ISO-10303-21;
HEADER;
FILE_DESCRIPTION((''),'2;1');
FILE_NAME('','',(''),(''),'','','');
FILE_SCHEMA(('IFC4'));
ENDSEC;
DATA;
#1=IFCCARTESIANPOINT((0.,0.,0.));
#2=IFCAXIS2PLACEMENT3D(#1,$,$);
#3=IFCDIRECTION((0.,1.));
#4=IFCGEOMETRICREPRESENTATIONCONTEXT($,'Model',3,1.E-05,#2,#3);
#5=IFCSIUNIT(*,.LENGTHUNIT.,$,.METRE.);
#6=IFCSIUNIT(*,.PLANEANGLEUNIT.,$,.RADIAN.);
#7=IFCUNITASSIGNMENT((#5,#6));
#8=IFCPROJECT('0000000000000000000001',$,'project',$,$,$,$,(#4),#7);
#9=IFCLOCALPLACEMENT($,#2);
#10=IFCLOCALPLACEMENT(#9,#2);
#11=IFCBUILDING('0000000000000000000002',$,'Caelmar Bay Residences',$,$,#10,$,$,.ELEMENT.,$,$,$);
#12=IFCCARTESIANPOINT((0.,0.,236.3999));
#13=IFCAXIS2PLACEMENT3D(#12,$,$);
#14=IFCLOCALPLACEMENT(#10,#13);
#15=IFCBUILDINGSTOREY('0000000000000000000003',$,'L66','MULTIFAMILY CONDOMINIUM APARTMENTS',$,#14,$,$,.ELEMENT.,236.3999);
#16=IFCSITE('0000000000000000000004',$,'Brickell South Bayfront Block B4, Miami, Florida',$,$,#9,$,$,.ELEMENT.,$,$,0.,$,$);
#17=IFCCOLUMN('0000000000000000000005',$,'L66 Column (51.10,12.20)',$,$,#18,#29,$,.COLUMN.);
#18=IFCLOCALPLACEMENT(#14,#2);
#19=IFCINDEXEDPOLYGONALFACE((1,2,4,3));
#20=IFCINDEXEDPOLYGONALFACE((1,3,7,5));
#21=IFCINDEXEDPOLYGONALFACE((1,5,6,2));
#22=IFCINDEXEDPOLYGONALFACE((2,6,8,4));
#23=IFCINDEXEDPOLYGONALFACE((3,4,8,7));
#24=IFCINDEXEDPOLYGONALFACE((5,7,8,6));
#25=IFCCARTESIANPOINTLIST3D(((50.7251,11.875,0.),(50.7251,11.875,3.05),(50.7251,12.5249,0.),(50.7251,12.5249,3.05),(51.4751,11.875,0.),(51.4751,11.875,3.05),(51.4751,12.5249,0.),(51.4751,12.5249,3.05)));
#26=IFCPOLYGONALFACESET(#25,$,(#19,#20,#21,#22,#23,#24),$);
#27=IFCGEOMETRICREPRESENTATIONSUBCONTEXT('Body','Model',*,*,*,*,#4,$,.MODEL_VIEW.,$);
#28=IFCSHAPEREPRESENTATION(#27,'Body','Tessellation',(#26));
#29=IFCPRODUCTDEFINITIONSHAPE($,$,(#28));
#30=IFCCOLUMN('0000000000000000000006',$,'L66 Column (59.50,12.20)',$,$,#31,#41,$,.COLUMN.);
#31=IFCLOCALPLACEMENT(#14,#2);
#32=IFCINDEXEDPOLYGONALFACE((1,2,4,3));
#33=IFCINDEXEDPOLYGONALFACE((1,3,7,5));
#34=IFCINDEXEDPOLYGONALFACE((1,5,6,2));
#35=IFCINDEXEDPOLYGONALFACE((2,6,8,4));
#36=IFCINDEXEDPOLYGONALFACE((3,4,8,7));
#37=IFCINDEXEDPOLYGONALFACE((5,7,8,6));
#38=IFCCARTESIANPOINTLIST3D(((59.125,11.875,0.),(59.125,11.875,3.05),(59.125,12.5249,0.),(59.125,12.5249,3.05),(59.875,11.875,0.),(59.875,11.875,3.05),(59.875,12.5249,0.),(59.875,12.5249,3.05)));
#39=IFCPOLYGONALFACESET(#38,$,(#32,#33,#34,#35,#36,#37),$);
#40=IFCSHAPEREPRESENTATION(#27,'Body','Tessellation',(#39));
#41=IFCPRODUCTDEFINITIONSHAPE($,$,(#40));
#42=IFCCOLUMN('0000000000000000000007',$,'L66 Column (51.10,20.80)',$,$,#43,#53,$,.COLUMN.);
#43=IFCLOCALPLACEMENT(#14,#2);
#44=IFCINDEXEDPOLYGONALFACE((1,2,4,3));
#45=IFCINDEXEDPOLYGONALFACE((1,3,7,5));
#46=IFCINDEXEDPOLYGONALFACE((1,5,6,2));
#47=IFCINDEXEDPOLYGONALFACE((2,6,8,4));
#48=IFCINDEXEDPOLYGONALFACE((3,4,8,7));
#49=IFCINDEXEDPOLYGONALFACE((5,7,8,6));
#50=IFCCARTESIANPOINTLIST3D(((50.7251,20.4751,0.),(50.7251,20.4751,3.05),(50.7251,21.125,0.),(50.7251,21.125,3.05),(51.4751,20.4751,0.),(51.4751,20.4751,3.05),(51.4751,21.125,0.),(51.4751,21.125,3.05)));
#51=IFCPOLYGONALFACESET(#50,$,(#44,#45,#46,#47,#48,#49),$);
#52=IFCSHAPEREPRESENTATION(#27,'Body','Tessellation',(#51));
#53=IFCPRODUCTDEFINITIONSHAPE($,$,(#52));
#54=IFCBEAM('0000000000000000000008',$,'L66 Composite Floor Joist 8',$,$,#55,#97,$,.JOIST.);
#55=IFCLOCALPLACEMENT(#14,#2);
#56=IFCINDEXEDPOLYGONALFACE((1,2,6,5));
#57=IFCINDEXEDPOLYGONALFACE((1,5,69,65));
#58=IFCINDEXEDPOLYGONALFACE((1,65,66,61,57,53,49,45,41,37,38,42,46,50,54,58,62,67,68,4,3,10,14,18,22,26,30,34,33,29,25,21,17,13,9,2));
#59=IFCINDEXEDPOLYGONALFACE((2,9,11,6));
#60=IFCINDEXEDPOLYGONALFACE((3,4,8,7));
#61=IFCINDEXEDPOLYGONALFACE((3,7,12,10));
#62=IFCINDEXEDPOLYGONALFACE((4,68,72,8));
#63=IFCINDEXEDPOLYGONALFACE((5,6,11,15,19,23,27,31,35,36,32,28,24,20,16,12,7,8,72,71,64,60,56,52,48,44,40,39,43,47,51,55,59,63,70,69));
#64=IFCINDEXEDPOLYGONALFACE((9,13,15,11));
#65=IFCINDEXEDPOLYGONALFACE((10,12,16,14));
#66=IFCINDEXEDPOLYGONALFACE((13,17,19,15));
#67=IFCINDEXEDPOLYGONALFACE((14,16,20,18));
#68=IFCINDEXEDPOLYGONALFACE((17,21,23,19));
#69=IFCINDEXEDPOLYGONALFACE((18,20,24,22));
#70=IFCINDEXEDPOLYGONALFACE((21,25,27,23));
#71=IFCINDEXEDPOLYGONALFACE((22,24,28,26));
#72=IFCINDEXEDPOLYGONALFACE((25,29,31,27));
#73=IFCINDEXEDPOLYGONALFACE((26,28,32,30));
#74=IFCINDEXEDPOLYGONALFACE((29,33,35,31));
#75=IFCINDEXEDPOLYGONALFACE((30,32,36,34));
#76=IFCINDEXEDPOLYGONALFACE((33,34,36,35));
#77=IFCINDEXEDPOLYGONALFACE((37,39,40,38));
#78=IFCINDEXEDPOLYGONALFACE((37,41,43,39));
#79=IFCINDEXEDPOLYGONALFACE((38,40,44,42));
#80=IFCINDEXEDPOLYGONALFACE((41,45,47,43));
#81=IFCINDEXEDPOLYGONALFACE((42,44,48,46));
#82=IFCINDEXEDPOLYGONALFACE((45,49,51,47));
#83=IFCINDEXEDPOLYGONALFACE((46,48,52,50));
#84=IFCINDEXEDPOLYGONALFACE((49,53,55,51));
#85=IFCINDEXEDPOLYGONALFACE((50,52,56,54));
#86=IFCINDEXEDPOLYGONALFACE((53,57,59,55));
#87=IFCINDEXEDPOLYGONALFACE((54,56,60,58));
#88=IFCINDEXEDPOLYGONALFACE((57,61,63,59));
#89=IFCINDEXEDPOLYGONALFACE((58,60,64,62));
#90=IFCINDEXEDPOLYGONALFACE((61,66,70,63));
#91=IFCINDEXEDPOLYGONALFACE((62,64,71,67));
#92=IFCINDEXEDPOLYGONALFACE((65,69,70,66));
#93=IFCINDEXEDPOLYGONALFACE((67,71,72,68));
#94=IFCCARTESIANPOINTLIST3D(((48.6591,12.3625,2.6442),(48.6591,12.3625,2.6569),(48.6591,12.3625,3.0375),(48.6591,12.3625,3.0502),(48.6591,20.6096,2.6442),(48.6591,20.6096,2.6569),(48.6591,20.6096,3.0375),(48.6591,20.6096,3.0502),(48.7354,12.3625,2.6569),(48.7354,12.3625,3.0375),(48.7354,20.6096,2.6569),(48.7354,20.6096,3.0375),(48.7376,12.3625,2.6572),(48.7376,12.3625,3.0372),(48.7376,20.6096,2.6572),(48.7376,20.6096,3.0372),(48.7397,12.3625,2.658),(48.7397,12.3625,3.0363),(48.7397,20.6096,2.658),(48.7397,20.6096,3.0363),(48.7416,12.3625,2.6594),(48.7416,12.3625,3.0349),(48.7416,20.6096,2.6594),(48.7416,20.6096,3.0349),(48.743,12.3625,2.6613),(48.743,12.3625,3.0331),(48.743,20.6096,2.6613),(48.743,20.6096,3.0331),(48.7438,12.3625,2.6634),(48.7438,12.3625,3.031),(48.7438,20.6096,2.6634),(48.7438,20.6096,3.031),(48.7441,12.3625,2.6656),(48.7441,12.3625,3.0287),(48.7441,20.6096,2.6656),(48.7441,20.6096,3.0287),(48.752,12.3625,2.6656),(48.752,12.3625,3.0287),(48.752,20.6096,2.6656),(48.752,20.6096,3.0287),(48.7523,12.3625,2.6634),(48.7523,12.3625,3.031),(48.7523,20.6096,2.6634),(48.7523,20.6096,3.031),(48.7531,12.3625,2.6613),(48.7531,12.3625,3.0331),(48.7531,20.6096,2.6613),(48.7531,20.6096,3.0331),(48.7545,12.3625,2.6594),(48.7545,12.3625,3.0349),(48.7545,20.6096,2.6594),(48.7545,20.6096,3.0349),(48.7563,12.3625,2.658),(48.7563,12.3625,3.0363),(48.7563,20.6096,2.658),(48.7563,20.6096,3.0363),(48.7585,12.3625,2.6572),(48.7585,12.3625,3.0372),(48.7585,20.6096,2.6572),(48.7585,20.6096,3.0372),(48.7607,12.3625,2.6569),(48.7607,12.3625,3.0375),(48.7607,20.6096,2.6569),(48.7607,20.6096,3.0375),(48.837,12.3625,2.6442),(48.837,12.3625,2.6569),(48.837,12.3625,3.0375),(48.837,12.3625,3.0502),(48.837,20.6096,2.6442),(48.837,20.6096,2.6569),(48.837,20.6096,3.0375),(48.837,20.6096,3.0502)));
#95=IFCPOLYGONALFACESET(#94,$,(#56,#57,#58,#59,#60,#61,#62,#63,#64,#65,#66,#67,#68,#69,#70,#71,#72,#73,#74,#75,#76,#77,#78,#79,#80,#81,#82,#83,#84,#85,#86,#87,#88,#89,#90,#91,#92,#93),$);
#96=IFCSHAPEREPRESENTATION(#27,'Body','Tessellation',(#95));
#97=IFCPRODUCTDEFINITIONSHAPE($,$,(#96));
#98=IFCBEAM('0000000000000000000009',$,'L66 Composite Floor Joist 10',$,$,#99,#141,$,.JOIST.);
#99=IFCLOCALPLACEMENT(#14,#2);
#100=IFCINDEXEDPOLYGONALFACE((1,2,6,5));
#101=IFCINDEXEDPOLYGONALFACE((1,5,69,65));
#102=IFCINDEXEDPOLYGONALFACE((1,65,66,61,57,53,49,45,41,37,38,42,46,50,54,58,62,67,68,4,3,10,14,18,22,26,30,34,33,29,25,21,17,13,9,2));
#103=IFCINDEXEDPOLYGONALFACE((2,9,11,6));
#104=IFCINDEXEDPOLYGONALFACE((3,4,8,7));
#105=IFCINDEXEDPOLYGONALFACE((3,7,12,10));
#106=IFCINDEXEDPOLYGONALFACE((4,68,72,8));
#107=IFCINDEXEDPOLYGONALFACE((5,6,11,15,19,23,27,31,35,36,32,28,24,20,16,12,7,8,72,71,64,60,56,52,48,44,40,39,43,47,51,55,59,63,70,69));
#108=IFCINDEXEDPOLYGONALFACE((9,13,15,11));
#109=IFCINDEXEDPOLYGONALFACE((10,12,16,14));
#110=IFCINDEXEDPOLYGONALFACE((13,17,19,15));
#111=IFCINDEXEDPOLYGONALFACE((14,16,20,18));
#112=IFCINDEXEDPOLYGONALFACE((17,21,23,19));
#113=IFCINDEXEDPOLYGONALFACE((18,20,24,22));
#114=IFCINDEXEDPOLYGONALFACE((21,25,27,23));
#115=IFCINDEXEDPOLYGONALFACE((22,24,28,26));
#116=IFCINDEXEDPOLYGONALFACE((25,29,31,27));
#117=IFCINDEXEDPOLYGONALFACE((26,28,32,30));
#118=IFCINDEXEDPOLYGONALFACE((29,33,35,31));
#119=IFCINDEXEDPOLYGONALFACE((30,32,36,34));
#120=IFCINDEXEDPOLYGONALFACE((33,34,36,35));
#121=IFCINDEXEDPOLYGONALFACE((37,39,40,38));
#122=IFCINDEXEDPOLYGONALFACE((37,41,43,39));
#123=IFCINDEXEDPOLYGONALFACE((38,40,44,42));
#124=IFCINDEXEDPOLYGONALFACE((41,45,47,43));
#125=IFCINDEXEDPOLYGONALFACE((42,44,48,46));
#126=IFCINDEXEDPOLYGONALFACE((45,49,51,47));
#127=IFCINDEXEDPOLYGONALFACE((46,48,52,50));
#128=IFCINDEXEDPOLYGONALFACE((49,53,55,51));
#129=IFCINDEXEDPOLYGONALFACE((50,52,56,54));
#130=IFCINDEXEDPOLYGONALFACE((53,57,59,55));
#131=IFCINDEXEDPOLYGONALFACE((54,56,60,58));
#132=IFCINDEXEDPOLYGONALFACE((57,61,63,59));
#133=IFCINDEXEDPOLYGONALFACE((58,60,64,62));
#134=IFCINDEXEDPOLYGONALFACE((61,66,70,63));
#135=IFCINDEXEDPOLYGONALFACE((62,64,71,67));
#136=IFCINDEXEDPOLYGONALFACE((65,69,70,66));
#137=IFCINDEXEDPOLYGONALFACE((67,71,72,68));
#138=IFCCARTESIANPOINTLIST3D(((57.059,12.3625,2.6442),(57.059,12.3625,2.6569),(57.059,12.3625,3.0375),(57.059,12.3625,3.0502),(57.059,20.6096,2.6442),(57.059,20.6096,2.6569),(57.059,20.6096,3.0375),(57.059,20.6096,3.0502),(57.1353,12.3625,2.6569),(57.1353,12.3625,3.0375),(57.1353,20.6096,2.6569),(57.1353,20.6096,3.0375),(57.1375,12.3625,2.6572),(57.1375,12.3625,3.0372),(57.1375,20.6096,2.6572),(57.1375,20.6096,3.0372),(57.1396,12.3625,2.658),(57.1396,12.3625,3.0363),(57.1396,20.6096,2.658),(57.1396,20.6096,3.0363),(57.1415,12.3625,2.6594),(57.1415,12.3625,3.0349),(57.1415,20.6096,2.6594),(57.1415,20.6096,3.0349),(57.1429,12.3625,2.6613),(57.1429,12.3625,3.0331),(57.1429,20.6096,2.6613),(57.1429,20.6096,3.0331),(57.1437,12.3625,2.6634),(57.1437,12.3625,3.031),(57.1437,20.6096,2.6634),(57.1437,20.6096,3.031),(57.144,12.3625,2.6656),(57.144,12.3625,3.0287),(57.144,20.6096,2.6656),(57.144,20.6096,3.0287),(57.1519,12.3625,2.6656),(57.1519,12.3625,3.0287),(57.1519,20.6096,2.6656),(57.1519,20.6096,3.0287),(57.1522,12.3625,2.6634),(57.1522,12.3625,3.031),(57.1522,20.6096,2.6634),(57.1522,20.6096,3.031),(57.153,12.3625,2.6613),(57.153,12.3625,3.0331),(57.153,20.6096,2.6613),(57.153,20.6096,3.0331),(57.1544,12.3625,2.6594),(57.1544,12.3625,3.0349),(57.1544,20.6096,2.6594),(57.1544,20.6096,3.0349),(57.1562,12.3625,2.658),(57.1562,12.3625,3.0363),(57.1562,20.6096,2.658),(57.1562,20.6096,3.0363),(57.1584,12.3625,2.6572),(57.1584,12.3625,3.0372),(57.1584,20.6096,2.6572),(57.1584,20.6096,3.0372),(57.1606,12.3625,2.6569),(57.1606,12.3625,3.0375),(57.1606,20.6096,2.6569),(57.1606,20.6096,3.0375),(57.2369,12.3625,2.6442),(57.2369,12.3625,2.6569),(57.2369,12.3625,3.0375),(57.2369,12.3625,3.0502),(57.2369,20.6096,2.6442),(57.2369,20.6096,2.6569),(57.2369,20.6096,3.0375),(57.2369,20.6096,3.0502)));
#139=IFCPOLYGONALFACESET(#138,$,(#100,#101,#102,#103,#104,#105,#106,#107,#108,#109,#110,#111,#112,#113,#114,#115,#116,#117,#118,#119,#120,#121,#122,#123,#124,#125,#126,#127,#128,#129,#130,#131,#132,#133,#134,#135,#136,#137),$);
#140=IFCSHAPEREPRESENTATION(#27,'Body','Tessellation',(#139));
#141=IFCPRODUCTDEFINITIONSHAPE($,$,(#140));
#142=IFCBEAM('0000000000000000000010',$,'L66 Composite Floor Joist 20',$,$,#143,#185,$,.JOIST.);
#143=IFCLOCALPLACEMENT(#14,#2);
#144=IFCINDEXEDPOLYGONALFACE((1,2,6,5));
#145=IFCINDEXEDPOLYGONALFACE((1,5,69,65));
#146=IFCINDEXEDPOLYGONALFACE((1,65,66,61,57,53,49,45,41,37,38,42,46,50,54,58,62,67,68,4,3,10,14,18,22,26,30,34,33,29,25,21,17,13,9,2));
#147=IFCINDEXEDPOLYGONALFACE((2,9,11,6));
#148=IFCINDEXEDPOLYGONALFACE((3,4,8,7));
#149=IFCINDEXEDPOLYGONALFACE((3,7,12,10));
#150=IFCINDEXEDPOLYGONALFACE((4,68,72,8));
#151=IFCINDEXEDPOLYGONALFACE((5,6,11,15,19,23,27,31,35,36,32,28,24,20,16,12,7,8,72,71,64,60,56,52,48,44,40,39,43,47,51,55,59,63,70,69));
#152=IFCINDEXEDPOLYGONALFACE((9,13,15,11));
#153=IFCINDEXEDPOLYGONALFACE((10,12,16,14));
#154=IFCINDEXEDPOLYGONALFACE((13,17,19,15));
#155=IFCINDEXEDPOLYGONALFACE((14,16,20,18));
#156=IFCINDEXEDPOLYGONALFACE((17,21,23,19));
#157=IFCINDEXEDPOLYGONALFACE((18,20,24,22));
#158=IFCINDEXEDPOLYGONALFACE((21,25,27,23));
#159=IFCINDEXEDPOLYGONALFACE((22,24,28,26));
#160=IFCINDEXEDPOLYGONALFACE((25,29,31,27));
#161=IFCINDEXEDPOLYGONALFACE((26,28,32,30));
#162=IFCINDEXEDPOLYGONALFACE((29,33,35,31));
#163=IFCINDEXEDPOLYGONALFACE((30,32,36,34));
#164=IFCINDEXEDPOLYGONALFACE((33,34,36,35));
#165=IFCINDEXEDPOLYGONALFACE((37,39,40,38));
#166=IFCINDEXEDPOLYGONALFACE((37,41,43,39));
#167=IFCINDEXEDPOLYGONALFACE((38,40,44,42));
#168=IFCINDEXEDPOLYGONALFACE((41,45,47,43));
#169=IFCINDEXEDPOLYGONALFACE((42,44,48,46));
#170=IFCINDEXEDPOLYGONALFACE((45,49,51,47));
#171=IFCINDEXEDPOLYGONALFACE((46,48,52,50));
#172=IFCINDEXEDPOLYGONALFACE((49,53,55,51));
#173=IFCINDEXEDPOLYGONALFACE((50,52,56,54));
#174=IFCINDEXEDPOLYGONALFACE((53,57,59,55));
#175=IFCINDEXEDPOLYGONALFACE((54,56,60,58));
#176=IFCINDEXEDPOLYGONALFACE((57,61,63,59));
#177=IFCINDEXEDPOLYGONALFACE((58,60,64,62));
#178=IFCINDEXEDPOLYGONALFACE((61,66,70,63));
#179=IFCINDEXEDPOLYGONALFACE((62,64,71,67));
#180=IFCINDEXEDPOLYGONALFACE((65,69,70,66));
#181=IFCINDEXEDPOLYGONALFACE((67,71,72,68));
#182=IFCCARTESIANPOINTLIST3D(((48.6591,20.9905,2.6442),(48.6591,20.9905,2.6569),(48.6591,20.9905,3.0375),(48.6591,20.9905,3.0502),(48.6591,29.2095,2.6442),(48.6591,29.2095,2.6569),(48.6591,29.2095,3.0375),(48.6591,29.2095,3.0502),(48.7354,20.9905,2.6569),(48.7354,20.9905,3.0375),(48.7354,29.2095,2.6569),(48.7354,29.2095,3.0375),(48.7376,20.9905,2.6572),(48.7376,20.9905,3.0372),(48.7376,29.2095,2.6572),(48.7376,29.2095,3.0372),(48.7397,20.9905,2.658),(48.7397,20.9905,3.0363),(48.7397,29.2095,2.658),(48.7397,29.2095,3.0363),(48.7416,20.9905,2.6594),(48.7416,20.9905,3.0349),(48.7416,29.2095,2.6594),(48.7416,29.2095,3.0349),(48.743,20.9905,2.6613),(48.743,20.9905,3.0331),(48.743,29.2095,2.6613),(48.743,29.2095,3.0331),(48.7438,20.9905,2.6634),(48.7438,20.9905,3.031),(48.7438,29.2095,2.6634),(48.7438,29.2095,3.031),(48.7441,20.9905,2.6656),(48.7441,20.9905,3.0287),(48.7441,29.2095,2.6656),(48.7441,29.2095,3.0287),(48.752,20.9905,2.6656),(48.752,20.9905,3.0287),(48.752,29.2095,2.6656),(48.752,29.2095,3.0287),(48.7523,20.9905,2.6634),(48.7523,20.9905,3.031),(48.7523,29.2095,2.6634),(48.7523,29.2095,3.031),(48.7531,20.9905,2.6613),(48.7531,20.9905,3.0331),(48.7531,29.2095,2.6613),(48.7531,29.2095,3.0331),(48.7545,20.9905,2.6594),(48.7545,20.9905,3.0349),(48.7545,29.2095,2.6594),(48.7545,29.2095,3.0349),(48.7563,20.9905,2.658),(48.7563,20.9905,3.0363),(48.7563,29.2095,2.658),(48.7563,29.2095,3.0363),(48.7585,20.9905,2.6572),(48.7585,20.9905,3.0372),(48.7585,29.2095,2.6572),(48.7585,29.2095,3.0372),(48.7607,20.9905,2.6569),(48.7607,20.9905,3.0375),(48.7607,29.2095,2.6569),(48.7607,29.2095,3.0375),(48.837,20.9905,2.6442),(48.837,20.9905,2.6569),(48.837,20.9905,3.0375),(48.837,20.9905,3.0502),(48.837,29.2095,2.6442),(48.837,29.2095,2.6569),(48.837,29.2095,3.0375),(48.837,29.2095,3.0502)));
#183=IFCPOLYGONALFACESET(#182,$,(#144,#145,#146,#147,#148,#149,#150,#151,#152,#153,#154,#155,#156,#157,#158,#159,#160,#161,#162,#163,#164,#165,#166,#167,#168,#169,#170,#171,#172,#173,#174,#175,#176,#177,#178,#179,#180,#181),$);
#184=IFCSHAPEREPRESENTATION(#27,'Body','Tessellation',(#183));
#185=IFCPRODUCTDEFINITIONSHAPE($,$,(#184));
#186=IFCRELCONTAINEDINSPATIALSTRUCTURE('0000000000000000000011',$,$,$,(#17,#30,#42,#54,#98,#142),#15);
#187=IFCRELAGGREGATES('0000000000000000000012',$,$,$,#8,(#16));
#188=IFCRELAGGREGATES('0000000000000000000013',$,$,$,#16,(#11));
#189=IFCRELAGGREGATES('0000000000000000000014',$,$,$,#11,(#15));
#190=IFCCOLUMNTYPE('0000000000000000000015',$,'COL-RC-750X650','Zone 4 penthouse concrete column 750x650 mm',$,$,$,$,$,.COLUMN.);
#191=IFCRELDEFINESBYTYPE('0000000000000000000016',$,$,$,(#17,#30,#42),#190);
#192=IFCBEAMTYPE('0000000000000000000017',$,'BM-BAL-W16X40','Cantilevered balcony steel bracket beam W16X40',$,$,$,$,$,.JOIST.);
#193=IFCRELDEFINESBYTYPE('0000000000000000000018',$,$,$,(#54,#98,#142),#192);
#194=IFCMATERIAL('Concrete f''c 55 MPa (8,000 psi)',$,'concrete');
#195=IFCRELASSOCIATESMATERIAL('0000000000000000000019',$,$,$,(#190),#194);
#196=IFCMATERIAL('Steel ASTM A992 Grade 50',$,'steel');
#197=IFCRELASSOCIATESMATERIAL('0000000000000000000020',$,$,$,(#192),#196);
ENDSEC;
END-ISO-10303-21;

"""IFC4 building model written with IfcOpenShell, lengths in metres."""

from ifc_helpers import new_model, si_unit, direction, frame, origin, origin_2d, place, context, subcontext, project, spatial, rectangle, i_section, extrude, material, material_profile, profile_set, type_object, element, save


model = new_model("IFC4")

# Units and contexts
model_context = context("Model", 3, precision=1e-05, world=origin(), true_north=direction((0.0, 1.0)))
body_context = subcontext(model_context, "Body", "Model", "MODEL_VIEW")
ifc_project = project(units=[si_unit("LENGTHUNIT", "METRE"), si_unit("PLANEANGLEUNIT", "RADIAN")], contexts=[model_context])

# Site, building, storey
site_placement = place(None, origin())
site = spatial("IfcSite", under=ifc_project, at=site_placement, Name="Brickell South Bayfront Block B4, Miami, Florida", CompositionType="ELEMENT", RefElevation=0.0)
building_placement = place(site_placement, origin())
building = spatial("IfcBuilding", under=site, at=building_placement, Name="Caelmar Bay Residences", CompositionType="ELEMENT")
storey_placement = place(building_placement, frame((0.0, 0.0, 236.3999)))
storey = spatial("IfcBuildingStorey", under=building, at=storey_placement, Name="L66", Description="MULTIFAMILY CONDOMINIUM APARTMENTS", CompositionType="ELEMENT", Elevation=236.3999)

# Columns
ifc_material_1 = material(Name="Concrete f'c 55 MPa (8,000 psi)", Category="concrete")
ifc_material_profile_1 = material_profile(ifc_material_1, rectangle(XDim=0.75, YDim=0.6499, at=origin_2d()), Name="RC-COL-750X650")
ifc_profile_set_1 = profile_set([ifc_material_profile_1], Name="Concrete f'c 55 MPa (8,000 psi)")
column_type = type_object("IfcColumnType", Name="COL-RC-750X650", Description="Zone 4 penthouse concrete column 750x650 mm", PredefinedType="COLUMN", material=ifc_profile_set_1)
for number, where, z_axis, x_axis, name in (
    (1, (51.1001, 12.2, 0.0), (0.0, 0.0, 1.0), (1.0, 0.0, 0.0), "L66 Column (51.10,12.20)"),
    (2, (59.5, 12.2, 0.0), (0.0, 0.0, 1.0), (1.0, 0.0, 0.0), "L66 Column (59.50,12.20)"),
    (3, (51.1001, 20.8, 0.0), (0.0, 0.0, 1.0), (1.0, 0.0, 0.0), "L66 Column (51.10,20.80)"),
):
    element("IfcColumn", number, at=place(storey_placement, frame(where, z_axis=z_axis, x_axis=x_axis)), inside=storey, type_object=column_type, Name=name, PredefinedType="COLUMN", context=body_context, shape_type="SweptSolid", body=[
        extrude(rectangle(XDim=0.75, YDim=0.6499, at=origin_2d()), origin(), (0.0, 0.0, 1.0), 3.05),
    ])

# Beams
ifc_material_2 = material(Name="Steel ASTM A992 Grade 50", Category="steel")
ifc_material_profile_2 = material_profile(ifc_material_2, i_section(OverallWidth=0.178, OverallDepth=0.406, WebThickness=0.0078, FlangeThickness=0.0127, FilletRadius=0.0088, at=origin_2d()), Name="W16X40")
ifc_profile_set_2 = profile_set([ifc_material_profile_2], Name="Steel ASTM A992 Grade 50")
beam_type_1 = type_object("IfcBeamType", Name="BM-BAL-W16X40", Description="Cantilevered balcony steel bracket beam W16X40", PredefinedType="JOIST", material=ifc_profile_set_2)
for number, where, z_axis, x_axis, name in (
    (4, (48.748, 12.3625, 2.8472), (0.0, 1.0, 0.0), (-1.0, 0.0, 0.0), "L66 Composite Floor Joist 8"),
    (5, (57.1479, 12.3625, 2.8472), (0.0, 1.0, 0.0), (-1.0, 0.0, 0.0), "L66 Composite Floor Joist 10"),
):
    element("IfcBeam", number, at=place(storey_placement, frame(where, z_axis=z_axis, x_axis=x_axis)), inside=storey, type_object=beam_type_1, Name=name, PredefinedType="JOIST", context=body_context, shape_type="SweptSolid", body=[
        extrude(i_section(OverallWidth=0.178, OverallDepth=0.406, WebThickness=0.0078, FlangeThickness=0.0127, FilletRadius=0.0088, at=origin_2d()), origin(), (0.0, 0.0, 1.0), 8.2471),
    ])
for number, where, z_axis, x_axis, name in (
    (6, (48.748, 20.9905, 2.8472), (0.0, 1.0, 0.0), (-1.0, 0.0, 0.0), "L66 Composite Floor Joist 20"),
):
    element("IfcBeam", number, at=place(storey_placement, frame(where, z_axis=z_axis, x_axis=x_axis)), inside=storey, type_object=beam_type_1, Name=name, PredefinedType="JOIST", context=body_context, shape_type="SweptSolid", body=[
        extrude(i_section(OverallWidth=0.178, OverallDepth=0.406, WebThickness=0.0078, FlangeThickness=0.0127, FilletRadius=0.0088, at=origin_2d()), origin(), (0.0, 0.0, 1.0), 8.219),
    ])

save(model, "model.ifc")
